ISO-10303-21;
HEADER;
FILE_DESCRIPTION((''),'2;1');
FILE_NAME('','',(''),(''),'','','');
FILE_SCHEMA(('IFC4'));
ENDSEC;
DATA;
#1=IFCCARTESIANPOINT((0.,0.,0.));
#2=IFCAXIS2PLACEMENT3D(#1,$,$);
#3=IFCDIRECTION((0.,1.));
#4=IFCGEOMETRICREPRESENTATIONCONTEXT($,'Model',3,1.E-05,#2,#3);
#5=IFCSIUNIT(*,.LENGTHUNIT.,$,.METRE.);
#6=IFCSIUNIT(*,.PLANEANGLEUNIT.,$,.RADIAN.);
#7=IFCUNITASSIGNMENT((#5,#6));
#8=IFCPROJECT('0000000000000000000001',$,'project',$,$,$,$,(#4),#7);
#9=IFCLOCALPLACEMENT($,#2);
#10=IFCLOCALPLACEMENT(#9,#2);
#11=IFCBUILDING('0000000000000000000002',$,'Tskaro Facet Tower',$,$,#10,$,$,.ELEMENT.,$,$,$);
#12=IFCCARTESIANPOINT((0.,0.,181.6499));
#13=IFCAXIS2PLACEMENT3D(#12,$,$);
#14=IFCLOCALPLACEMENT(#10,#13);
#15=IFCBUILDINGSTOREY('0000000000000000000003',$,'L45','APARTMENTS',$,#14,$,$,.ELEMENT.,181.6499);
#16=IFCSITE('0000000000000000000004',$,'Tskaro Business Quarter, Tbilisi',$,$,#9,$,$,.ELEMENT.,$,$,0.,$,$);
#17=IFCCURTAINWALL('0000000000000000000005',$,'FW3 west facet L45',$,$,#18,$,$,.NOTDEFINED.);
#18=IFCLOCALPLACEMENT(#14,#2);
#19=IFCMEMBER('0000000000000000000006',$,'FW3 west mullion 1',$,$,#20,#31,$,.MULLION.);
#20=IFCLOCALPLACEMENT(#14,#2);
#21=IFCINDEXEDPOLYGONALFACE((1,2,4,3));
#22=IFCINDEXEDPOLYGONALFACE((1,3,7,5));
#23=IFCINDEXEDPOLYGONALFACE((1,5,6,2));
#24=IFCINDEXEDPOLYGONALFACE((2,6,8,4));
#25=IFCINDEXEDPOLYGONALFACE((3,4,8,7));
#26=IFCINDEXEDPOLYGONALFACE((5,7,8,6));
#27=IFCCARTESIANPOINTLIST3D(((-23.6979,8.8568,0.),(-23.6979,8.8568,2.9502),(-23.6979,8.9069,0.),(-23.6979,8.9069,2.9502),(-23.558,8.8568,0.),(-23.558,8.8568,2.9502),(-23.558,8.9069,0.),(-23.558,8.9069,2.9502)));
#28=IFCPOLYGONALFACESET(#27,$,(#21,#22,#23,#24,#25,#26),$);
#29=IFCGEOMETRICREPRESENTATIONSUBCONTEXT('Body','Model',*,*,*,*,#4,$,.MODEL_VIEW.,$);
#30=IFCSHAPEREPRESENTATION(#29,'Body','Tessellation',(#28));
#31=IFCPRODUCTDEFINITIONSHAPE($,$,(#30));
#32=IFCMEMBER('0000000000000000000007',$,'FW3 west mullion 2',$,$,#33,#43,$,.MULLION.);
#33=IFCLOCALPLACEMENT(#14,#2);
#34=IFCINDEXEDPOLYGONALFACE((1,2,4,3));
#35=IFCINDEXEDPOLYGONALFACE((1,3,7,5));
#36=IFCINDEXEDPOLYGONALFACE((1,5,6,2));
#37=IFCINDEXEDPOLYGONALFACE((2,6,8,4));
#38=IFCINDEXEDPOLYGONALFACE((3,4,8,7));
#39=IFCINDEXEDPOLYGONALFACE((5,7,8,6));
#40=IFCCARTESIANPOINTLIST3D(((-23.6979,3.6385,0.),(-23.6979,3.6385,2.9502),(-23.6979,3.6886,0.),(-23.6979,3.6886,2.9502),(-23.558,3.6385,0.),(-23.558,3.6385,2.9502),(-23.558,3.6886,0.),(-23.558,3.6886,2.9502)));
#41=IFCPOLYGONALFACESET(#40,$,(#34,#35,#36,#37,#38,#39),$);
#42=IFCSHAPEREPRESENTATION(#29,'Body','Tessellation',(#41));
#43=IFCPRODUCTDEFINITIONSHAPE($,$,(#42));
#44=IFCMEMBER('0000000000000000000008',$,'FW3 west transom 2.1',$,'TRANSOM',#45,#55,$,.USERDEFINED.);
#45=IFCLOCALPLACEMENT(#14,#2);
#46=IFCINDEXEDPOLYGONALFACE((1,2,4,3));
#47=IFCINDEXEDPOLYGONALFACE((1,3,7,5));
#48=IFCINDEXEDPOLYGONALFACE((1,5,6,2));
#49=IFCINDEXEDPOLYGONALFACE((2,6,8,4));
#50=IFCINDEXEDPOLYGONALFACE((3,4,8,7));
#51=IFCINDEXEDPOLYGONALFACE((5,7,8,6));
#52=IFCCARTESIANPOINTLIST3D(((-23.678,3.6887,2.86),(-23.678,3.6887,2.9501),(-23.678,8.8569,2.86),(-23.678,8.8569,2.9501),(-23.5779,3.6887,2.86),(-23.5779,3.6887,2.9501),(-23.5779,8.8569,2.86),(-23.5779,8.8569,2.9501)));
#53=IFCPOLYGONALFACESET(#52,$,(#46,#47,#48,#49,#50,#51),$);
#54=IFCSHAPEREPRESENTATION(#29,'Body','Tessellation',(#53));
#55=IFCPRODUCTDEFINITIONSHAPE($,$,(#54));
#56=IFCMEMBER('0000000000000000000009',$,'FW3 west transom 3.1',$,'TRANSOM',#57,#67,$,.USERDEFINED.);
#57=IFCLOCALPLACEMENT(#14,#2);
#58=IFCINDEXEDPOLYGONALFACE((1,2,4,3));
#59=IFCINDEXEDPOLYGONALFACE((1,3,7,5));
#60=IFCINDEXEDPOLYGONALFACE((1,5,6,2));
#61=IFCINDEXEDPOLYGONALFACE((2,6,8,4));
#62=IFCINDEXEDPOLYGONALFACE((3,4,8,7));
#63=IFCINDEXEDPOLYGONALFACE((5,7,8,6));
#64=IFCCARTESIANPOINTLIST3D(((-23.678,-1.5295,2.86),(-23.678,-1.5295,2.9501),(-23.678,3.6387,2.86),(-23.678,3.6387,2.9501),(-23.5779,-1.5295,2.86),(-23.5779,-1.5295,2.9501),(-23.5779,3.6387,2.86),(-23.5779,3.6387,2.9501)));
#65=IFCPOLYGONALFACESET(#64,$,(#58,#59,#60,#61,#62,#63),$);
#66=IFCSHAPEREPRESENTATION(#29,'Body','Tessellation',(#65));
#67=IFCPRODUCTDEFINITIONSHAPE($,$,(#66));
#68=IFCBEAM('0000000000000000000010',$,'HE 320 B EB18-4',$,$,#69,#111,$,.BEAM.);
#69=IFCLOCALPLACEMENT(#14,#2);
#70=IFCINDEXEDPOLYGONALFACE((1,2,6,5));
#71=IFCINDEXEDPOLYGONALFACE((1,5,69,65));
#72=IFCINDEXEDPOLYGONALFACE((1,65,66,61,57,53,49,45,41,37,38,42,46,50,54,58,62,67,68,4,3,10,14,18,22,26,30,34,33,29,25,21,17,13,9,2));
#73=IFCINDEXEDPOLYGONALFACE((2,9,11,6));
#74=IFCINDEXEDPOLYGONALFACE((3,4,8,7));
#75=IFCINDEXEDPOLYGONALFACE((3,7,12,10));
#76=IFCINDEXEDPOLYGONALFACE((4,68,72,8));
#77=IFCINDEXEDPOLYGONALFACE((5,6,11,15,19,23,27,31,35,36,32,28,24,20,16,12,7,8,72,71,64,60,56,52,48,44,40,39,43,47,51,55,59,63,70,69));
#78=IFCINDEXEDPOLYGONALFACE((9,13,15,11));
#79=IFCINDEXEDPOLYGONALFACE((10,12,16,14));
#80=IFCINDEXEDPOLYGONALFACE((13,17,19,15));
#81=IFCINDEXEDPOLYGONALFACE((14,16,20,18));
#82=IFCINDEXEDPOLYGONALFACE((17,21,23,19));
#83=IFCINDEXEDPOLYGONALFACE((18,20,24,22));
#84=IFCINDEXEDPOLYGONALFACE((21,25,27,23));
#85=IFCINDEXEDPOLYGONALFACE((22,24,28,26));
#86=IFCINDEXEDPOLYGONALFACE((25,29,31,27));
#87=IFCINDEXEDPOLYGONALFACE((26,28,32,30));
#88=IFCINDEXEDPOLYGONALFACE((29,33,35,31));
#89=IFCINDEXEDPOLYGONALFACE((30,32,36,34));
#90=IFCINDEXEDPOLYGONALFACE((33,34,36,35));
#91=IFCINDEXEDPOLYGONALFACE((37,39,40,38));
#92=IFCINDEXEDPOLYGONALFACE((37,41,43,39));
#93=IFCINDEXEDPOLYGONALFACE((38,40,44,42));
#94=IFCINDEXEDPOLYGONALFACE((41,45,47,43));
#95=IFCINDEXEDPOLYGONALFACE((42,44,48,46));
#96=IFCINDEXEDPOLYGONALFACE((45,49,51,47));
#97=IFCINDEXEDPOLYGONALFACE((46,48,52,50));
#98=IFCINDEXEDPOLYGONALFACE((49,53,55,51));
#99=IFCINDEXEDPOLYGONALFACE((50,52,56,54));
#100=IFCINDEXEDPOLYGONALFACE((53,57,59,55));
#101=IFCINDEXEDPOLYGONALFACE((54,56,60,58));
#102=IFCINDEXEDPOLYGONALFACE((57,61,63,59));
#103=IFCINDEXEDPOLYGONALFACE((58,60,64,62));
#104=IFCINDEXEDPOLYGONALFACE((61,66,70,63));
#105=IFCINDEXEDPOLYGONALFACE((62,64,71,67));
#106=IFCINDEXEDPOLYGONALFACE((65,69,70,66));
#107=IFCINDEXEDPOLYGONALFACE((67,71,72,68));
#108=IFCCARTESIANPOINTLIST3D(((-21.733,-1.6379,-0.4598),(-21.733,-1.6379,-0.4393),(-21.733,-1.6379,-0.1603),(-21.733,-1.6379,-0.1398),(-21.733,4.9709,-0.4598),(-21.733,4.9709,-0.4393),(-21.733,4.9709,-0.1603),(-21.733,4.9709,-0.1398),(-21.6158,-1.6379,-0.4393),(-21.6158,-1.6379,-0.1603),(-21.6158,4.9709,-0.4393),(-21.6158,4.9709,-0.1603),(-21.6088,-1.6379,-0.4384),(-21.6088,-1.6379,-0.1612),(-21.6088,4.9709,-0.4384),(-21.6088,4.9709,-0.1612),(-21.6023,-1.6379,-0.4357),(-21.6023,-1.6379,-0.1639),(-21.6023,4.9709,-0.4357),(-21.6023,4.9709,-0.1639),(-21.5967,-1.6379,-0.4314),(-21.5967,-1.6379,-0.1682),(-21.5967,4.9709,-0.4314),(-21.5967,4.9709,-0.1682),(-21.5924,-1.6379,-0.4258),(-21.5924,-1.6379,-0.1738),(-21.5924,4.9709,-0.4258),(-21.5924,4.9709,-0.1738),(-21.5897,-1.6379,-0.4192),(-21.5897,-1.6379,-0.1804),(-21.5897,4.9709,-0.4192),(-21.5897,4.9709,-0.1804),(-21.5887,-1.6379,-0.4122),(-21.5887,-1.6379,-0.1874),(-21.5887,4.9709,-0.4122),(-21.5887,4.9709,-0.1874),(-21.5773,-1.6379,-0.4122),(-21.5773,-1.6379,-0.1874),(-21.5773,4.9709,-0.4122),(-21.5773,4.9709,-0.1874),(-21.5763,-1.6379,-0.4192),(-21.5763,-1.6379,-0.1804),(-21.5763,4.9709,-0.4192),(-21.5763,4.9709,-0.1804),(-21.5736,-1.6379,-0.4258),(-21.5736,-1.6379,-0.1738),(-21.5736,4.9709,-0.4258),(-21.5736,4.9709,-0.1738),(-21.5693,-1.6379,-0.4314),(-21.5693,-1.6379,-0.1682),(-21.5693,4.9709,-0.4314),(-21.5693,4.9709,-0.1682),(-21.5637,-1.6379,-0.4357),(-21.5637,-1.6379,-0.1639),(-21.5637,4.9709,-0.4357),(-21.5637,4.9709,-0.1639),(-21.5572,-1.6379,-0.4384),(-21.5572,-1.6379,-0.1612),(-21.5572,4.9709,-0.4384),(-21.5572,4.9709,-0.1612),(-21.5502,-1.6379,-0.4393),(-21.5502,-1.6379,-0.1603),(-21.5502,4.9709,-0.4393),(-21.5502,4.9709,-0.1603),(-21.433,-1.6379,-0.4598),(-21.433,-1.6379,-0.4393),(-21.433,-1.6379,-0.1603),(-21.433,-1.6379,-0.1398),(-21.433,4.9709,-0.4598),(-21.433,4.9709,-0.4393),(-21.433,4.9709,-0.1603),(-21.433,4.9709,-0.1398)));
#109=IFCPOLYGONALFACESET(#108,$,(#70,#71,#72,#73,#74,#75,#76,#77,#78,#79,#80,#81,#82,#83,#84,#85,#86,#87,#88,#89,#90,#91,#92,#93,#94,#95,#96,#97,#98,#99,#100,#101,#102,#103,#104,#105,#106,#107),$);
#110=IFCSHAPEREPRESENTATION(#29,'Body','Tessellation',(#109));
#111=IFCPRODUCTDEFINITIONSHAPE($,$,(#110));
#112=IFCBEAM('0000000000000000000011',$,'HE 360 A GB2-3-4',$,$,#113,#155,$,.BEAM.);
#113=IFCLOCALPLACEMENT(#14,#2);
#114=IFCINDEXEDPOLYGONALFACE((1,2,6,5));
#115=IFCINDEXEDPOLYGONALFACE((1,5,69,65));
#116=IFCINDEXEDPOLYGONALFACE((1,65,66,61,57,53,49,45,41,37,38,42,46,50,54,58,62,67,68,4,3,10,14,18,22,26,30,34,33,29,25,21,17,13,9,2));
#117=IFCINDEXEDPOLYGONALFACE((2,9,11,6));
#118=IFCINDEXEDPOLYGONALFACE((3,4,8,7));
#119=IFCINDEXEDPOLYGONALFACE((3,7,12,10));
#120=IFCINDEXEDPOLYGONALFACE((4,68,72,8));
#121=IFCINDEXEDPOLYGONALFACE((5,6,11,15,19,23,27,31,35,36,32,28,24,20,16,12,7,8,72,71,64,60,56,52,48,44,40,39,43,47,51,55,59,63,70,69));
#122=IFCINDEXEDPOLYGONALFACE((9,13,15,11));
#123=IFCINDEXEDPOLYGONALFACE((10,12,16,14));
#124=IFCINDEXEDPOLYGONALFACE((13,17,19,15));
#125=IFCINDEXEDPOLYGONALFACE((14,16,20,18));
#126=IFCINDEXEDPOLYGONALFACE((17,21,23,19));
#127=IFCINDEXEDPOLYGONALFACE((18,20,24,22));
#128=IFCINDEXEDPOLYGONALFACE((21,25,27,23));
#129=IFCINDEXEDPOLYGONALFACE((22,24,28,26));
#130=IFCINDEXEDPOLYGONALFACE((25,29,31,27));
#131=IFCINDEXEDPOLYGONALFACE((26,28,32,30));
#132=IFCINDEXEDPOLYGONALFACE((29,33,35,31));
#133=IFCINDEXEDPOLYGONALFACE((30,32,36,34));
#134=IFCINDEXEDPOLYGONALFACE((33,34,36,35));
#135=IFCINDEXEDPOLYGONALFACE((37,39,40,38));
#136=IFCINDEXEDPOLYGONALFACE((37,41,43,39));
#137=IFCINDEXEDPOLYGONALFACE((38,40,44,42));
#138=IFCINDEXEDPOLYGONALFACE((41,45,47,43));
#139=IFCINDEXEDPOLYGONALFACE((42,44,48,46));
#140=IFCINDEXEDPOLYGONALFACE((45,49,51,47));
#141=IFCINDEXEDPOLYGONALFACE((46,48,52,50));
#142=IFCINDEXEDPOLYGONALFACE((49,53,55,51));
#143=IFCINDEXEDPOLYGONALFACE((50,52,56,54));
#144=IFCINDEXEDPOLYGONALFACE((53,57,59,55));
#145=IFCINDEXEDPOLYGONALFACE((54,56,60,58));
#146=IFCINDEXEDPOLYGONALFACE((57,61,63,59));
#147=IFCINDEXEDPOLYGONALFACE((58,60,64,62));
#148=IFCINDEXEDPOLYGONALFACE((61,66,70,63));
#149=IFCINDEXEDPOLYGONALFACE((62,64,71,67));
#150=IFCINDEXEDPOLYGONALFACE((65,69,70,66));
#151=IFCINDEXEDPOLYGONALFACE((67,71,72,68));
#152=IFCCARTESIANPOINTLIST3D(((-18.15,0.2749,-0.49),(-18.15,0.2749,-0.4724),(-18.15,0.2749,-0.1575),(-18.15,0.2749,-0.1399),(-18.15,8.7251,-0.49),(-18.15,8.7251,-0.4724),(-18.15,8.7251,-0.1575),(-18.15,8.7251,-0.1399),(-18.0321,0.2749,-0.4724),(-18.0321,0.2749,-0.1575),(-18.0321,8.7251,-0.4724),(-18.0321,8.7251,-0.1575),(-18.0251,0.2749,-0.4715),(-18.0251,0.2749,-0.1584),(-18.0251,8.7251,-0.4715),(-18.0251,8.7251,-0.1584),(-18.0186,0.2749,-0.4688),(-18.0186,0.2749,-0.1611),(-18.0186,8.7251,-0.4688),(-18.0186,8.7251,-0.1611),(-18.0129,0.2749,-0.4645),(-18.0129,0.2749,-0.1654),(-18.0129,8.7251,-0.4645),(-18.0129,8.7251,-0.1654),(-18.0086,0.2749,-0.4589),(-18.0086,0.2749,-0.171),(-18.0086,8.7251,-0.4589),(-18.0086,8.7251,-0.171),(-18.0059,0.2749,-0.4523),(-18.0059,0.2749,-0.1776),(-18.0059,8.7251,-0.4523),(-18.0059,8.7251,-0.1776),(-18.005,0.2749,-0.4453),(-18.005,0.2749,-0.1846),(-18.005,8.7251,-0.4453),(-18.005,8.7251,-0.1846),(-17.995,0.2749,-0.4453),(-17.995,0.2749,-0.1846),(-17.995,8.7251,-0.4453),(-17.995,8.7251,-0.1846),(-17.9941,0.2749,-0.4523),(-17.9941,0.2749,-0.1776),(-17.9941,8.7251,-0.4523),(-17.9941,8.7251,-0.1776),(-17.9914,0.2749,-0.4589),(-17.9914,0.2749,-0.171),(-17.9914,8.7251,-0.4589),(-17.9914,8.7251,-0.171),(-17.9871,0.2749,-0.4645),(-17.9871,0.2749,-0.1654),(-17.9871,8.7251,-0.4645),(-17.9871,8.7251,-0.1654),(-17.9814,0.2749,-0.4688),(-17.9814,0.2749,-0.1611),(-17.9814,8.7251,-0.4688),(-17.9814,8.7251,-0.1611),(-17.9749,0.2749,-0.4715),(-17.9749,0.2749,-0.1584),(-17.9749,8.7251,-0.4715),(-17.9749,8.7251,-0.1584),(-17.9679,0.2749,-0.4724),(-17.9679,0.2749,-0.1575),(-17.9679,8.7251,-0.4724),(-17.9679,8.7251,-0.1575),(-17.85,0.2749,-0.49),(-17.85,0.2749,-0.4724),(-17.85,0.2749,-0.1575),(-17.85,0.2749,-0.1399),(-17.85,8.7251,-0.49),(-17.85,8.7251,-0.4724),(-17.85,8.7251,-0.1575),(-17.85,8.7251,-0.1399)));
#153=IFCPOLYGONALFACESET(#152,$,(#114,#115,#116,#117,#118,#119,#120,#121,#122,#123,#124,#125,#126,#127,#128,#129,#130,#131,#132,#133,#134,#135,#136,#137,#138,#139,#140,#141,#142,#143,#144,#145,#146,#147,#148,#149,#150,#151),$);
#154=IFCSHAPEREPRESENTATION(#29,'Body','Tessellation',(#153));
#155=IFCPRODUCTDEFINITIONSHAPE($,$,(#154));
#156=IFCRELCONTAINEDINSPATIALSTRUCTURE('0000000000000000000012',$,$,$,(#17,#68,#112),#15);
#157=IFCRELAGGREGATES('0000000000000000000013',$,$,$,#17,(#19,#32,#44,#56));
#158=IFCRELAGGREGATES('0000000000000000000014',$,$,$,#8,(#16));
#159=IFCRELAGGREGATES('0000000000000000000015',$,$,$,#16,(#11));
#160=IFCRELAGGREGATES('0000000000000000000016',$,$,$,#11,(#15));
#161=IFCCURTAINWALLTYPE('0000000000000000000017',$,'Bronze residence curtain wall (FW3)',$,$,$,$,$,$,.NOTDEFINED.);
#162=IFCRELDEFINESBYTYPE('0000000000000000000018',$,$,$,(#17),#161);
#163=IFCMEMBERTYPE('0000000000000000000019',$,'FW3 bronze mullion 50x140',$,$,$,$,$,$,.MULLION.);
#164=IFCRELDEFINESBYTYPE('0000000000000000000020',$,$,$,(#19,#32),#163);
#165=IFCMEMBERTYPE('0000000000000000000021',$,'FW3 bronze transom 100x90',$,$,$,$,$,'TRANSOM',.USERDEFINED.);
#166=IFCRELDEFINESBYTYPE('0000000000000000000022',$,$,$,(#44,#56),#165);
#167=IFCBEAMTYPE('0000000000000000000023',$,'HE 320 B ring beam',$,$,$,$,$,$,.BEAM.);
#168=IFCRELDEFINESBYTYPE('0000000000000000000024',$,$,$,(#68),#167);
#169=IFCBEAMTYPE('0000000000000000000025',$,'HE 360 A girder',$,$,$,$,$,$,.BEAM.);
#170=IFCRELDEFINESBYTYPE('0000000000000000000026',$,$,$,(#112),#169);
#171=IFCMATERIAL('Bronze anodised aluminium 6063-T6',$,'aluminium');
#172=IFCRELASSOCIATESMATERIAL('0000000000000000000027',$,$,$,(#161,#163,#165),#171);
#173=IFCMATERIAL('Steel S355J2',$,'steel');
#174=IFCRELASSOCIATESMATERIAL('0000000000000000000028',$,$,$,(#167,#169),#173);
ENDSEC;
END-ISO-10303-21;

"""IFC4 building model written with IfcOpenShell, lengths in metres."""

from ifc_helpers import new_model, si_unit, direction, frame, origin, origin_2d, place, context, subcontext, project, spatial, rectangle, i_section, extrude, material, material_profile, profile_set, type_object, element, aggregate, save


model = new_model("IFC4")

# Units and contexts
model_context = context("Model", 3, precision=1e-05, world=origin(), true_north=direction((0.0, 1.0)))
body_context = subcontext(model_context, "Body", "Model", "MODEL_VIEW")
ifc_project = project(units=[si_unit("LENGTHUNIT", "METRE"), si_unit("PLANEANGLEUNIT", "RADIAN")], contexts=[model_context])

# Site, building, storey
site_placement = place(None, origin())
site = spatial("IfcSite", under=ifc_project, at=site_placement, Name="Tskaro Business Quarter, Tbilisi", CompositionType="ELEMENT", RefElevation=0.0)
building_placement = place(site_placement, origin())
building = spatial("IfcBuilding", under=site, at=building_placement, Name="Tskaro Facet Tower", CompositionType="ELEMENT")
storey_placement = place(building_placement, frame((0.0, 0.0, 181.6499)))
storey = spatial("IfcBuildingStorey", under=building, at=storey_placement, Name="L45", Description="APARTMENTS", CompositionType="ELEMENT", Elevation=181.6499)

# Curtain wall, members
ifc_material_1 = material(Name="Bronze anodised aluminium 6063-T6", Category="aluminium")
curtain_wall_type = type_object("IfcCurtainWallType", Name="Bronze residence curtain wall (FW3)", PredefinedType="NOTDEFINED", material=ifc_material_1)
curtain_wall_placement = place(storey_placement, origin())
curtain_wall = element("IfcCurtainWall", 1, at=curtain_wall_placement, inside=storey, type_object=curtain_wall_type, Name="FW3 west facet L45", PredefinedType="NOTDEFINED")
ifc_material_profile_1 = material_profile(ifc_material_1, rectangle(XDim=0.05, YDim=0.1399, at=origin_2d()), Name="Mullion 50x140")
ifc_profile_set_1 = profile_set([ifc_material_profile_1], Name="Bronze anodised aluminium 6063-T6")
member_type_1 = type_object("IfcMemberType", Name="FW3 bronze mullion 50x140", PredefinedType="MULLION", material=ifc_profile_set_1)
member_1_placement = place(storey_placement, frame((-23.6279, 8.8818, 0.0), z_axis=(0.0, 0.0, 1.0), x_axis=(0.0, -1.0, 0.0)))
member_1 = element("IfcMember", 2, at=member_1_placement, type_object=member_type_1, Name="FW3 west mullion 1", PredefinedType="MULLION", context=body_context, shape_type="SweptSolid", body=[
    extrude(rectangle(XDim=0.05, YDim=0.1399, at=origin_2d()), origin(), (0.0, 0.0, 1.0), 2.9502),
])
member_2_placement = place(storey_placement, frame((-23.6279, 3.6636, 0.0), z_axis=(0.0, 0.0, 1.0), x_axis=(0.0, -1.0, 0.0)))
member_2 = element("IfcMember", 3, at=member_2_placement, type_object=member_type_1, Name="FW3 west mullion 2", PredefinedType="MULLION", context=body_context, shape_type="SweptSolid", body=[
    extrude(rectangle(XDim=0.05, YDim=0.1399, at=origin_2d()), origin(), (0.0, 0.0, 1.0), 2.9502),
])
ifc_material_profile_2 = material_profile(ifc_material_1, rectangle(XDim=0.1001, YDim=0.0901, at=origin_2d()), Name="Transom 100x90")
ifc_profile_set_2 = profile_set([ifc_material_profile_2], Name="Bronze anodised aluminium 6063-T6")
member_type_2 = type_object("IfcMemberType", Name="FW3 bronze transom 100x90", ElementType="TRANSOM", PredefinedType="USERDEFINED", material=ifc_profile_set_2)
member_3_placement = place(storey_placement, frame((-23.6279, 8.8569, 2.905), z_axis=(0.0, -1.0, 0.0), x_axis=(1.0, 0.0, 0.0)))
member_3 = element("IfcMember", 4, at=member_3_placement, type_object=member_type_2, Name="FW3 west transom 2.1", ObjectType="TRANSOM", PredefinedType="USERDEFINED", context=body_context, shape_type="SweptSolid", body=[
    extrude(rectangle(XDim=0.1001, YDim=0.0901, at=origin_2d()), origin(), (0.0, 0.0, 1.0), 5.1682),
])
member_4_placement = place(storey_placement, frame((-23.6279, 3.6387, 2.905), z_axis=(0.0, -1.0, 0.0), x_axis=(1.0, 0.0, 0.0)))
member_4 = element("IfcMember", 5, at=member_4_placement, type_object=member_type_2, Name="FW3 west transom 3.1", ObjectType="TRANSOM", PredefinedType="USERDEFINED", context=body_context, shape_type="SweptSolid", body=[
    extrude(rectangle(XDim=0.1001, YDim=0.0901, at=origin_2d()), origin(), (0.0, 0.0, 1.0), 5.1682),
])

# Beams
ifc_material_2 = material(Name="Steel S355J2", Category="steel")
ifc_material_profile_3 = material_profile(ifc_material_2, i_section(OverallWidth=0.3, OverallDepth=0.3201, WebThickness=0.0115, FlangeThickness=0.0205, FilletRadius=0.0271, at=origin_2d()), Name="HE 320 B")
ifc_profile_set_3 = profile_set([ifc_material_profile_3], Name="Steel S355J2")
beam_type_1 = type_object("IfcBeamType", Name="HE 320 B ring beam", PredefinedType="BEAM", material=ifc_profile_set_3)
beam_1_placement = place(storey_placement, frame((-21.583, 4.9709, -0.2998), z_axis=(0.0, -1.0, 0.0), x_axis=(1.0, 0.0, 0.0)))
element("IfcBeam", 6, at=beam_1_placement, inside=storey, type_object=beam_type_1, Name="HE 320 B EB18-4", PredefinedType="BEAM", context=body_context, shape_type="SweptSolid", body=[
    extrude(i_section(OverallWidth=0.3, OverallDepth=0.3201, WebThickness=0.0115, FlangeThickness=0.0205, FilletRadius=0.0271, at=origin_2d()), origin(), (0.0, 0.0, 1.0), 6.6089),
])
ifc_material_profile_4 = material_profile(ifc_material_2, i_section(OverallWidth=0.3, OverallDepth=0.3501, WebThickness=0.01, FlangeThickness=0.0176, FilletRadius=0.0271, at=origin_2d()), Name="HE 360 A")
ifc_profile_set_4 = profile_set([ifc_material_profile_4], Name="Steel S355J2")
beam_type_2 = type_object("IfcBeamType", Name="HE 360 A girder", PredefinedType="BEAM", material=ifc_profile_set_4)
beam_2_placement = place(storey_placement, frame((-18.0, 0.2749, -0.3149), z_axis=(0.0, 1.0, 0.0), x_axis=(-1.0, 0.0, 0.0)))
element("IfcBeam", 7, at=beam_2_placement, inside=storey, type_object=beam_type_2, Name="HE 360 A GB2-3-4", PredefinedType="BEAM", context=body_context, shape_type="SweptSolid", body=[
    extrude(i_section(OverallWidth=0.3, OverallDepth=0.3501, WebThickness=0.01, FlangeThickness=0.0176, FilletRadius=0.0271, at=origin_2d()), origin(), (0.0, 0.0, 1.0), 8.4502),
])

aggregate(curtain_wall, [member_1, member_2, member_3, member_4])

save(model, "model.ifc")
